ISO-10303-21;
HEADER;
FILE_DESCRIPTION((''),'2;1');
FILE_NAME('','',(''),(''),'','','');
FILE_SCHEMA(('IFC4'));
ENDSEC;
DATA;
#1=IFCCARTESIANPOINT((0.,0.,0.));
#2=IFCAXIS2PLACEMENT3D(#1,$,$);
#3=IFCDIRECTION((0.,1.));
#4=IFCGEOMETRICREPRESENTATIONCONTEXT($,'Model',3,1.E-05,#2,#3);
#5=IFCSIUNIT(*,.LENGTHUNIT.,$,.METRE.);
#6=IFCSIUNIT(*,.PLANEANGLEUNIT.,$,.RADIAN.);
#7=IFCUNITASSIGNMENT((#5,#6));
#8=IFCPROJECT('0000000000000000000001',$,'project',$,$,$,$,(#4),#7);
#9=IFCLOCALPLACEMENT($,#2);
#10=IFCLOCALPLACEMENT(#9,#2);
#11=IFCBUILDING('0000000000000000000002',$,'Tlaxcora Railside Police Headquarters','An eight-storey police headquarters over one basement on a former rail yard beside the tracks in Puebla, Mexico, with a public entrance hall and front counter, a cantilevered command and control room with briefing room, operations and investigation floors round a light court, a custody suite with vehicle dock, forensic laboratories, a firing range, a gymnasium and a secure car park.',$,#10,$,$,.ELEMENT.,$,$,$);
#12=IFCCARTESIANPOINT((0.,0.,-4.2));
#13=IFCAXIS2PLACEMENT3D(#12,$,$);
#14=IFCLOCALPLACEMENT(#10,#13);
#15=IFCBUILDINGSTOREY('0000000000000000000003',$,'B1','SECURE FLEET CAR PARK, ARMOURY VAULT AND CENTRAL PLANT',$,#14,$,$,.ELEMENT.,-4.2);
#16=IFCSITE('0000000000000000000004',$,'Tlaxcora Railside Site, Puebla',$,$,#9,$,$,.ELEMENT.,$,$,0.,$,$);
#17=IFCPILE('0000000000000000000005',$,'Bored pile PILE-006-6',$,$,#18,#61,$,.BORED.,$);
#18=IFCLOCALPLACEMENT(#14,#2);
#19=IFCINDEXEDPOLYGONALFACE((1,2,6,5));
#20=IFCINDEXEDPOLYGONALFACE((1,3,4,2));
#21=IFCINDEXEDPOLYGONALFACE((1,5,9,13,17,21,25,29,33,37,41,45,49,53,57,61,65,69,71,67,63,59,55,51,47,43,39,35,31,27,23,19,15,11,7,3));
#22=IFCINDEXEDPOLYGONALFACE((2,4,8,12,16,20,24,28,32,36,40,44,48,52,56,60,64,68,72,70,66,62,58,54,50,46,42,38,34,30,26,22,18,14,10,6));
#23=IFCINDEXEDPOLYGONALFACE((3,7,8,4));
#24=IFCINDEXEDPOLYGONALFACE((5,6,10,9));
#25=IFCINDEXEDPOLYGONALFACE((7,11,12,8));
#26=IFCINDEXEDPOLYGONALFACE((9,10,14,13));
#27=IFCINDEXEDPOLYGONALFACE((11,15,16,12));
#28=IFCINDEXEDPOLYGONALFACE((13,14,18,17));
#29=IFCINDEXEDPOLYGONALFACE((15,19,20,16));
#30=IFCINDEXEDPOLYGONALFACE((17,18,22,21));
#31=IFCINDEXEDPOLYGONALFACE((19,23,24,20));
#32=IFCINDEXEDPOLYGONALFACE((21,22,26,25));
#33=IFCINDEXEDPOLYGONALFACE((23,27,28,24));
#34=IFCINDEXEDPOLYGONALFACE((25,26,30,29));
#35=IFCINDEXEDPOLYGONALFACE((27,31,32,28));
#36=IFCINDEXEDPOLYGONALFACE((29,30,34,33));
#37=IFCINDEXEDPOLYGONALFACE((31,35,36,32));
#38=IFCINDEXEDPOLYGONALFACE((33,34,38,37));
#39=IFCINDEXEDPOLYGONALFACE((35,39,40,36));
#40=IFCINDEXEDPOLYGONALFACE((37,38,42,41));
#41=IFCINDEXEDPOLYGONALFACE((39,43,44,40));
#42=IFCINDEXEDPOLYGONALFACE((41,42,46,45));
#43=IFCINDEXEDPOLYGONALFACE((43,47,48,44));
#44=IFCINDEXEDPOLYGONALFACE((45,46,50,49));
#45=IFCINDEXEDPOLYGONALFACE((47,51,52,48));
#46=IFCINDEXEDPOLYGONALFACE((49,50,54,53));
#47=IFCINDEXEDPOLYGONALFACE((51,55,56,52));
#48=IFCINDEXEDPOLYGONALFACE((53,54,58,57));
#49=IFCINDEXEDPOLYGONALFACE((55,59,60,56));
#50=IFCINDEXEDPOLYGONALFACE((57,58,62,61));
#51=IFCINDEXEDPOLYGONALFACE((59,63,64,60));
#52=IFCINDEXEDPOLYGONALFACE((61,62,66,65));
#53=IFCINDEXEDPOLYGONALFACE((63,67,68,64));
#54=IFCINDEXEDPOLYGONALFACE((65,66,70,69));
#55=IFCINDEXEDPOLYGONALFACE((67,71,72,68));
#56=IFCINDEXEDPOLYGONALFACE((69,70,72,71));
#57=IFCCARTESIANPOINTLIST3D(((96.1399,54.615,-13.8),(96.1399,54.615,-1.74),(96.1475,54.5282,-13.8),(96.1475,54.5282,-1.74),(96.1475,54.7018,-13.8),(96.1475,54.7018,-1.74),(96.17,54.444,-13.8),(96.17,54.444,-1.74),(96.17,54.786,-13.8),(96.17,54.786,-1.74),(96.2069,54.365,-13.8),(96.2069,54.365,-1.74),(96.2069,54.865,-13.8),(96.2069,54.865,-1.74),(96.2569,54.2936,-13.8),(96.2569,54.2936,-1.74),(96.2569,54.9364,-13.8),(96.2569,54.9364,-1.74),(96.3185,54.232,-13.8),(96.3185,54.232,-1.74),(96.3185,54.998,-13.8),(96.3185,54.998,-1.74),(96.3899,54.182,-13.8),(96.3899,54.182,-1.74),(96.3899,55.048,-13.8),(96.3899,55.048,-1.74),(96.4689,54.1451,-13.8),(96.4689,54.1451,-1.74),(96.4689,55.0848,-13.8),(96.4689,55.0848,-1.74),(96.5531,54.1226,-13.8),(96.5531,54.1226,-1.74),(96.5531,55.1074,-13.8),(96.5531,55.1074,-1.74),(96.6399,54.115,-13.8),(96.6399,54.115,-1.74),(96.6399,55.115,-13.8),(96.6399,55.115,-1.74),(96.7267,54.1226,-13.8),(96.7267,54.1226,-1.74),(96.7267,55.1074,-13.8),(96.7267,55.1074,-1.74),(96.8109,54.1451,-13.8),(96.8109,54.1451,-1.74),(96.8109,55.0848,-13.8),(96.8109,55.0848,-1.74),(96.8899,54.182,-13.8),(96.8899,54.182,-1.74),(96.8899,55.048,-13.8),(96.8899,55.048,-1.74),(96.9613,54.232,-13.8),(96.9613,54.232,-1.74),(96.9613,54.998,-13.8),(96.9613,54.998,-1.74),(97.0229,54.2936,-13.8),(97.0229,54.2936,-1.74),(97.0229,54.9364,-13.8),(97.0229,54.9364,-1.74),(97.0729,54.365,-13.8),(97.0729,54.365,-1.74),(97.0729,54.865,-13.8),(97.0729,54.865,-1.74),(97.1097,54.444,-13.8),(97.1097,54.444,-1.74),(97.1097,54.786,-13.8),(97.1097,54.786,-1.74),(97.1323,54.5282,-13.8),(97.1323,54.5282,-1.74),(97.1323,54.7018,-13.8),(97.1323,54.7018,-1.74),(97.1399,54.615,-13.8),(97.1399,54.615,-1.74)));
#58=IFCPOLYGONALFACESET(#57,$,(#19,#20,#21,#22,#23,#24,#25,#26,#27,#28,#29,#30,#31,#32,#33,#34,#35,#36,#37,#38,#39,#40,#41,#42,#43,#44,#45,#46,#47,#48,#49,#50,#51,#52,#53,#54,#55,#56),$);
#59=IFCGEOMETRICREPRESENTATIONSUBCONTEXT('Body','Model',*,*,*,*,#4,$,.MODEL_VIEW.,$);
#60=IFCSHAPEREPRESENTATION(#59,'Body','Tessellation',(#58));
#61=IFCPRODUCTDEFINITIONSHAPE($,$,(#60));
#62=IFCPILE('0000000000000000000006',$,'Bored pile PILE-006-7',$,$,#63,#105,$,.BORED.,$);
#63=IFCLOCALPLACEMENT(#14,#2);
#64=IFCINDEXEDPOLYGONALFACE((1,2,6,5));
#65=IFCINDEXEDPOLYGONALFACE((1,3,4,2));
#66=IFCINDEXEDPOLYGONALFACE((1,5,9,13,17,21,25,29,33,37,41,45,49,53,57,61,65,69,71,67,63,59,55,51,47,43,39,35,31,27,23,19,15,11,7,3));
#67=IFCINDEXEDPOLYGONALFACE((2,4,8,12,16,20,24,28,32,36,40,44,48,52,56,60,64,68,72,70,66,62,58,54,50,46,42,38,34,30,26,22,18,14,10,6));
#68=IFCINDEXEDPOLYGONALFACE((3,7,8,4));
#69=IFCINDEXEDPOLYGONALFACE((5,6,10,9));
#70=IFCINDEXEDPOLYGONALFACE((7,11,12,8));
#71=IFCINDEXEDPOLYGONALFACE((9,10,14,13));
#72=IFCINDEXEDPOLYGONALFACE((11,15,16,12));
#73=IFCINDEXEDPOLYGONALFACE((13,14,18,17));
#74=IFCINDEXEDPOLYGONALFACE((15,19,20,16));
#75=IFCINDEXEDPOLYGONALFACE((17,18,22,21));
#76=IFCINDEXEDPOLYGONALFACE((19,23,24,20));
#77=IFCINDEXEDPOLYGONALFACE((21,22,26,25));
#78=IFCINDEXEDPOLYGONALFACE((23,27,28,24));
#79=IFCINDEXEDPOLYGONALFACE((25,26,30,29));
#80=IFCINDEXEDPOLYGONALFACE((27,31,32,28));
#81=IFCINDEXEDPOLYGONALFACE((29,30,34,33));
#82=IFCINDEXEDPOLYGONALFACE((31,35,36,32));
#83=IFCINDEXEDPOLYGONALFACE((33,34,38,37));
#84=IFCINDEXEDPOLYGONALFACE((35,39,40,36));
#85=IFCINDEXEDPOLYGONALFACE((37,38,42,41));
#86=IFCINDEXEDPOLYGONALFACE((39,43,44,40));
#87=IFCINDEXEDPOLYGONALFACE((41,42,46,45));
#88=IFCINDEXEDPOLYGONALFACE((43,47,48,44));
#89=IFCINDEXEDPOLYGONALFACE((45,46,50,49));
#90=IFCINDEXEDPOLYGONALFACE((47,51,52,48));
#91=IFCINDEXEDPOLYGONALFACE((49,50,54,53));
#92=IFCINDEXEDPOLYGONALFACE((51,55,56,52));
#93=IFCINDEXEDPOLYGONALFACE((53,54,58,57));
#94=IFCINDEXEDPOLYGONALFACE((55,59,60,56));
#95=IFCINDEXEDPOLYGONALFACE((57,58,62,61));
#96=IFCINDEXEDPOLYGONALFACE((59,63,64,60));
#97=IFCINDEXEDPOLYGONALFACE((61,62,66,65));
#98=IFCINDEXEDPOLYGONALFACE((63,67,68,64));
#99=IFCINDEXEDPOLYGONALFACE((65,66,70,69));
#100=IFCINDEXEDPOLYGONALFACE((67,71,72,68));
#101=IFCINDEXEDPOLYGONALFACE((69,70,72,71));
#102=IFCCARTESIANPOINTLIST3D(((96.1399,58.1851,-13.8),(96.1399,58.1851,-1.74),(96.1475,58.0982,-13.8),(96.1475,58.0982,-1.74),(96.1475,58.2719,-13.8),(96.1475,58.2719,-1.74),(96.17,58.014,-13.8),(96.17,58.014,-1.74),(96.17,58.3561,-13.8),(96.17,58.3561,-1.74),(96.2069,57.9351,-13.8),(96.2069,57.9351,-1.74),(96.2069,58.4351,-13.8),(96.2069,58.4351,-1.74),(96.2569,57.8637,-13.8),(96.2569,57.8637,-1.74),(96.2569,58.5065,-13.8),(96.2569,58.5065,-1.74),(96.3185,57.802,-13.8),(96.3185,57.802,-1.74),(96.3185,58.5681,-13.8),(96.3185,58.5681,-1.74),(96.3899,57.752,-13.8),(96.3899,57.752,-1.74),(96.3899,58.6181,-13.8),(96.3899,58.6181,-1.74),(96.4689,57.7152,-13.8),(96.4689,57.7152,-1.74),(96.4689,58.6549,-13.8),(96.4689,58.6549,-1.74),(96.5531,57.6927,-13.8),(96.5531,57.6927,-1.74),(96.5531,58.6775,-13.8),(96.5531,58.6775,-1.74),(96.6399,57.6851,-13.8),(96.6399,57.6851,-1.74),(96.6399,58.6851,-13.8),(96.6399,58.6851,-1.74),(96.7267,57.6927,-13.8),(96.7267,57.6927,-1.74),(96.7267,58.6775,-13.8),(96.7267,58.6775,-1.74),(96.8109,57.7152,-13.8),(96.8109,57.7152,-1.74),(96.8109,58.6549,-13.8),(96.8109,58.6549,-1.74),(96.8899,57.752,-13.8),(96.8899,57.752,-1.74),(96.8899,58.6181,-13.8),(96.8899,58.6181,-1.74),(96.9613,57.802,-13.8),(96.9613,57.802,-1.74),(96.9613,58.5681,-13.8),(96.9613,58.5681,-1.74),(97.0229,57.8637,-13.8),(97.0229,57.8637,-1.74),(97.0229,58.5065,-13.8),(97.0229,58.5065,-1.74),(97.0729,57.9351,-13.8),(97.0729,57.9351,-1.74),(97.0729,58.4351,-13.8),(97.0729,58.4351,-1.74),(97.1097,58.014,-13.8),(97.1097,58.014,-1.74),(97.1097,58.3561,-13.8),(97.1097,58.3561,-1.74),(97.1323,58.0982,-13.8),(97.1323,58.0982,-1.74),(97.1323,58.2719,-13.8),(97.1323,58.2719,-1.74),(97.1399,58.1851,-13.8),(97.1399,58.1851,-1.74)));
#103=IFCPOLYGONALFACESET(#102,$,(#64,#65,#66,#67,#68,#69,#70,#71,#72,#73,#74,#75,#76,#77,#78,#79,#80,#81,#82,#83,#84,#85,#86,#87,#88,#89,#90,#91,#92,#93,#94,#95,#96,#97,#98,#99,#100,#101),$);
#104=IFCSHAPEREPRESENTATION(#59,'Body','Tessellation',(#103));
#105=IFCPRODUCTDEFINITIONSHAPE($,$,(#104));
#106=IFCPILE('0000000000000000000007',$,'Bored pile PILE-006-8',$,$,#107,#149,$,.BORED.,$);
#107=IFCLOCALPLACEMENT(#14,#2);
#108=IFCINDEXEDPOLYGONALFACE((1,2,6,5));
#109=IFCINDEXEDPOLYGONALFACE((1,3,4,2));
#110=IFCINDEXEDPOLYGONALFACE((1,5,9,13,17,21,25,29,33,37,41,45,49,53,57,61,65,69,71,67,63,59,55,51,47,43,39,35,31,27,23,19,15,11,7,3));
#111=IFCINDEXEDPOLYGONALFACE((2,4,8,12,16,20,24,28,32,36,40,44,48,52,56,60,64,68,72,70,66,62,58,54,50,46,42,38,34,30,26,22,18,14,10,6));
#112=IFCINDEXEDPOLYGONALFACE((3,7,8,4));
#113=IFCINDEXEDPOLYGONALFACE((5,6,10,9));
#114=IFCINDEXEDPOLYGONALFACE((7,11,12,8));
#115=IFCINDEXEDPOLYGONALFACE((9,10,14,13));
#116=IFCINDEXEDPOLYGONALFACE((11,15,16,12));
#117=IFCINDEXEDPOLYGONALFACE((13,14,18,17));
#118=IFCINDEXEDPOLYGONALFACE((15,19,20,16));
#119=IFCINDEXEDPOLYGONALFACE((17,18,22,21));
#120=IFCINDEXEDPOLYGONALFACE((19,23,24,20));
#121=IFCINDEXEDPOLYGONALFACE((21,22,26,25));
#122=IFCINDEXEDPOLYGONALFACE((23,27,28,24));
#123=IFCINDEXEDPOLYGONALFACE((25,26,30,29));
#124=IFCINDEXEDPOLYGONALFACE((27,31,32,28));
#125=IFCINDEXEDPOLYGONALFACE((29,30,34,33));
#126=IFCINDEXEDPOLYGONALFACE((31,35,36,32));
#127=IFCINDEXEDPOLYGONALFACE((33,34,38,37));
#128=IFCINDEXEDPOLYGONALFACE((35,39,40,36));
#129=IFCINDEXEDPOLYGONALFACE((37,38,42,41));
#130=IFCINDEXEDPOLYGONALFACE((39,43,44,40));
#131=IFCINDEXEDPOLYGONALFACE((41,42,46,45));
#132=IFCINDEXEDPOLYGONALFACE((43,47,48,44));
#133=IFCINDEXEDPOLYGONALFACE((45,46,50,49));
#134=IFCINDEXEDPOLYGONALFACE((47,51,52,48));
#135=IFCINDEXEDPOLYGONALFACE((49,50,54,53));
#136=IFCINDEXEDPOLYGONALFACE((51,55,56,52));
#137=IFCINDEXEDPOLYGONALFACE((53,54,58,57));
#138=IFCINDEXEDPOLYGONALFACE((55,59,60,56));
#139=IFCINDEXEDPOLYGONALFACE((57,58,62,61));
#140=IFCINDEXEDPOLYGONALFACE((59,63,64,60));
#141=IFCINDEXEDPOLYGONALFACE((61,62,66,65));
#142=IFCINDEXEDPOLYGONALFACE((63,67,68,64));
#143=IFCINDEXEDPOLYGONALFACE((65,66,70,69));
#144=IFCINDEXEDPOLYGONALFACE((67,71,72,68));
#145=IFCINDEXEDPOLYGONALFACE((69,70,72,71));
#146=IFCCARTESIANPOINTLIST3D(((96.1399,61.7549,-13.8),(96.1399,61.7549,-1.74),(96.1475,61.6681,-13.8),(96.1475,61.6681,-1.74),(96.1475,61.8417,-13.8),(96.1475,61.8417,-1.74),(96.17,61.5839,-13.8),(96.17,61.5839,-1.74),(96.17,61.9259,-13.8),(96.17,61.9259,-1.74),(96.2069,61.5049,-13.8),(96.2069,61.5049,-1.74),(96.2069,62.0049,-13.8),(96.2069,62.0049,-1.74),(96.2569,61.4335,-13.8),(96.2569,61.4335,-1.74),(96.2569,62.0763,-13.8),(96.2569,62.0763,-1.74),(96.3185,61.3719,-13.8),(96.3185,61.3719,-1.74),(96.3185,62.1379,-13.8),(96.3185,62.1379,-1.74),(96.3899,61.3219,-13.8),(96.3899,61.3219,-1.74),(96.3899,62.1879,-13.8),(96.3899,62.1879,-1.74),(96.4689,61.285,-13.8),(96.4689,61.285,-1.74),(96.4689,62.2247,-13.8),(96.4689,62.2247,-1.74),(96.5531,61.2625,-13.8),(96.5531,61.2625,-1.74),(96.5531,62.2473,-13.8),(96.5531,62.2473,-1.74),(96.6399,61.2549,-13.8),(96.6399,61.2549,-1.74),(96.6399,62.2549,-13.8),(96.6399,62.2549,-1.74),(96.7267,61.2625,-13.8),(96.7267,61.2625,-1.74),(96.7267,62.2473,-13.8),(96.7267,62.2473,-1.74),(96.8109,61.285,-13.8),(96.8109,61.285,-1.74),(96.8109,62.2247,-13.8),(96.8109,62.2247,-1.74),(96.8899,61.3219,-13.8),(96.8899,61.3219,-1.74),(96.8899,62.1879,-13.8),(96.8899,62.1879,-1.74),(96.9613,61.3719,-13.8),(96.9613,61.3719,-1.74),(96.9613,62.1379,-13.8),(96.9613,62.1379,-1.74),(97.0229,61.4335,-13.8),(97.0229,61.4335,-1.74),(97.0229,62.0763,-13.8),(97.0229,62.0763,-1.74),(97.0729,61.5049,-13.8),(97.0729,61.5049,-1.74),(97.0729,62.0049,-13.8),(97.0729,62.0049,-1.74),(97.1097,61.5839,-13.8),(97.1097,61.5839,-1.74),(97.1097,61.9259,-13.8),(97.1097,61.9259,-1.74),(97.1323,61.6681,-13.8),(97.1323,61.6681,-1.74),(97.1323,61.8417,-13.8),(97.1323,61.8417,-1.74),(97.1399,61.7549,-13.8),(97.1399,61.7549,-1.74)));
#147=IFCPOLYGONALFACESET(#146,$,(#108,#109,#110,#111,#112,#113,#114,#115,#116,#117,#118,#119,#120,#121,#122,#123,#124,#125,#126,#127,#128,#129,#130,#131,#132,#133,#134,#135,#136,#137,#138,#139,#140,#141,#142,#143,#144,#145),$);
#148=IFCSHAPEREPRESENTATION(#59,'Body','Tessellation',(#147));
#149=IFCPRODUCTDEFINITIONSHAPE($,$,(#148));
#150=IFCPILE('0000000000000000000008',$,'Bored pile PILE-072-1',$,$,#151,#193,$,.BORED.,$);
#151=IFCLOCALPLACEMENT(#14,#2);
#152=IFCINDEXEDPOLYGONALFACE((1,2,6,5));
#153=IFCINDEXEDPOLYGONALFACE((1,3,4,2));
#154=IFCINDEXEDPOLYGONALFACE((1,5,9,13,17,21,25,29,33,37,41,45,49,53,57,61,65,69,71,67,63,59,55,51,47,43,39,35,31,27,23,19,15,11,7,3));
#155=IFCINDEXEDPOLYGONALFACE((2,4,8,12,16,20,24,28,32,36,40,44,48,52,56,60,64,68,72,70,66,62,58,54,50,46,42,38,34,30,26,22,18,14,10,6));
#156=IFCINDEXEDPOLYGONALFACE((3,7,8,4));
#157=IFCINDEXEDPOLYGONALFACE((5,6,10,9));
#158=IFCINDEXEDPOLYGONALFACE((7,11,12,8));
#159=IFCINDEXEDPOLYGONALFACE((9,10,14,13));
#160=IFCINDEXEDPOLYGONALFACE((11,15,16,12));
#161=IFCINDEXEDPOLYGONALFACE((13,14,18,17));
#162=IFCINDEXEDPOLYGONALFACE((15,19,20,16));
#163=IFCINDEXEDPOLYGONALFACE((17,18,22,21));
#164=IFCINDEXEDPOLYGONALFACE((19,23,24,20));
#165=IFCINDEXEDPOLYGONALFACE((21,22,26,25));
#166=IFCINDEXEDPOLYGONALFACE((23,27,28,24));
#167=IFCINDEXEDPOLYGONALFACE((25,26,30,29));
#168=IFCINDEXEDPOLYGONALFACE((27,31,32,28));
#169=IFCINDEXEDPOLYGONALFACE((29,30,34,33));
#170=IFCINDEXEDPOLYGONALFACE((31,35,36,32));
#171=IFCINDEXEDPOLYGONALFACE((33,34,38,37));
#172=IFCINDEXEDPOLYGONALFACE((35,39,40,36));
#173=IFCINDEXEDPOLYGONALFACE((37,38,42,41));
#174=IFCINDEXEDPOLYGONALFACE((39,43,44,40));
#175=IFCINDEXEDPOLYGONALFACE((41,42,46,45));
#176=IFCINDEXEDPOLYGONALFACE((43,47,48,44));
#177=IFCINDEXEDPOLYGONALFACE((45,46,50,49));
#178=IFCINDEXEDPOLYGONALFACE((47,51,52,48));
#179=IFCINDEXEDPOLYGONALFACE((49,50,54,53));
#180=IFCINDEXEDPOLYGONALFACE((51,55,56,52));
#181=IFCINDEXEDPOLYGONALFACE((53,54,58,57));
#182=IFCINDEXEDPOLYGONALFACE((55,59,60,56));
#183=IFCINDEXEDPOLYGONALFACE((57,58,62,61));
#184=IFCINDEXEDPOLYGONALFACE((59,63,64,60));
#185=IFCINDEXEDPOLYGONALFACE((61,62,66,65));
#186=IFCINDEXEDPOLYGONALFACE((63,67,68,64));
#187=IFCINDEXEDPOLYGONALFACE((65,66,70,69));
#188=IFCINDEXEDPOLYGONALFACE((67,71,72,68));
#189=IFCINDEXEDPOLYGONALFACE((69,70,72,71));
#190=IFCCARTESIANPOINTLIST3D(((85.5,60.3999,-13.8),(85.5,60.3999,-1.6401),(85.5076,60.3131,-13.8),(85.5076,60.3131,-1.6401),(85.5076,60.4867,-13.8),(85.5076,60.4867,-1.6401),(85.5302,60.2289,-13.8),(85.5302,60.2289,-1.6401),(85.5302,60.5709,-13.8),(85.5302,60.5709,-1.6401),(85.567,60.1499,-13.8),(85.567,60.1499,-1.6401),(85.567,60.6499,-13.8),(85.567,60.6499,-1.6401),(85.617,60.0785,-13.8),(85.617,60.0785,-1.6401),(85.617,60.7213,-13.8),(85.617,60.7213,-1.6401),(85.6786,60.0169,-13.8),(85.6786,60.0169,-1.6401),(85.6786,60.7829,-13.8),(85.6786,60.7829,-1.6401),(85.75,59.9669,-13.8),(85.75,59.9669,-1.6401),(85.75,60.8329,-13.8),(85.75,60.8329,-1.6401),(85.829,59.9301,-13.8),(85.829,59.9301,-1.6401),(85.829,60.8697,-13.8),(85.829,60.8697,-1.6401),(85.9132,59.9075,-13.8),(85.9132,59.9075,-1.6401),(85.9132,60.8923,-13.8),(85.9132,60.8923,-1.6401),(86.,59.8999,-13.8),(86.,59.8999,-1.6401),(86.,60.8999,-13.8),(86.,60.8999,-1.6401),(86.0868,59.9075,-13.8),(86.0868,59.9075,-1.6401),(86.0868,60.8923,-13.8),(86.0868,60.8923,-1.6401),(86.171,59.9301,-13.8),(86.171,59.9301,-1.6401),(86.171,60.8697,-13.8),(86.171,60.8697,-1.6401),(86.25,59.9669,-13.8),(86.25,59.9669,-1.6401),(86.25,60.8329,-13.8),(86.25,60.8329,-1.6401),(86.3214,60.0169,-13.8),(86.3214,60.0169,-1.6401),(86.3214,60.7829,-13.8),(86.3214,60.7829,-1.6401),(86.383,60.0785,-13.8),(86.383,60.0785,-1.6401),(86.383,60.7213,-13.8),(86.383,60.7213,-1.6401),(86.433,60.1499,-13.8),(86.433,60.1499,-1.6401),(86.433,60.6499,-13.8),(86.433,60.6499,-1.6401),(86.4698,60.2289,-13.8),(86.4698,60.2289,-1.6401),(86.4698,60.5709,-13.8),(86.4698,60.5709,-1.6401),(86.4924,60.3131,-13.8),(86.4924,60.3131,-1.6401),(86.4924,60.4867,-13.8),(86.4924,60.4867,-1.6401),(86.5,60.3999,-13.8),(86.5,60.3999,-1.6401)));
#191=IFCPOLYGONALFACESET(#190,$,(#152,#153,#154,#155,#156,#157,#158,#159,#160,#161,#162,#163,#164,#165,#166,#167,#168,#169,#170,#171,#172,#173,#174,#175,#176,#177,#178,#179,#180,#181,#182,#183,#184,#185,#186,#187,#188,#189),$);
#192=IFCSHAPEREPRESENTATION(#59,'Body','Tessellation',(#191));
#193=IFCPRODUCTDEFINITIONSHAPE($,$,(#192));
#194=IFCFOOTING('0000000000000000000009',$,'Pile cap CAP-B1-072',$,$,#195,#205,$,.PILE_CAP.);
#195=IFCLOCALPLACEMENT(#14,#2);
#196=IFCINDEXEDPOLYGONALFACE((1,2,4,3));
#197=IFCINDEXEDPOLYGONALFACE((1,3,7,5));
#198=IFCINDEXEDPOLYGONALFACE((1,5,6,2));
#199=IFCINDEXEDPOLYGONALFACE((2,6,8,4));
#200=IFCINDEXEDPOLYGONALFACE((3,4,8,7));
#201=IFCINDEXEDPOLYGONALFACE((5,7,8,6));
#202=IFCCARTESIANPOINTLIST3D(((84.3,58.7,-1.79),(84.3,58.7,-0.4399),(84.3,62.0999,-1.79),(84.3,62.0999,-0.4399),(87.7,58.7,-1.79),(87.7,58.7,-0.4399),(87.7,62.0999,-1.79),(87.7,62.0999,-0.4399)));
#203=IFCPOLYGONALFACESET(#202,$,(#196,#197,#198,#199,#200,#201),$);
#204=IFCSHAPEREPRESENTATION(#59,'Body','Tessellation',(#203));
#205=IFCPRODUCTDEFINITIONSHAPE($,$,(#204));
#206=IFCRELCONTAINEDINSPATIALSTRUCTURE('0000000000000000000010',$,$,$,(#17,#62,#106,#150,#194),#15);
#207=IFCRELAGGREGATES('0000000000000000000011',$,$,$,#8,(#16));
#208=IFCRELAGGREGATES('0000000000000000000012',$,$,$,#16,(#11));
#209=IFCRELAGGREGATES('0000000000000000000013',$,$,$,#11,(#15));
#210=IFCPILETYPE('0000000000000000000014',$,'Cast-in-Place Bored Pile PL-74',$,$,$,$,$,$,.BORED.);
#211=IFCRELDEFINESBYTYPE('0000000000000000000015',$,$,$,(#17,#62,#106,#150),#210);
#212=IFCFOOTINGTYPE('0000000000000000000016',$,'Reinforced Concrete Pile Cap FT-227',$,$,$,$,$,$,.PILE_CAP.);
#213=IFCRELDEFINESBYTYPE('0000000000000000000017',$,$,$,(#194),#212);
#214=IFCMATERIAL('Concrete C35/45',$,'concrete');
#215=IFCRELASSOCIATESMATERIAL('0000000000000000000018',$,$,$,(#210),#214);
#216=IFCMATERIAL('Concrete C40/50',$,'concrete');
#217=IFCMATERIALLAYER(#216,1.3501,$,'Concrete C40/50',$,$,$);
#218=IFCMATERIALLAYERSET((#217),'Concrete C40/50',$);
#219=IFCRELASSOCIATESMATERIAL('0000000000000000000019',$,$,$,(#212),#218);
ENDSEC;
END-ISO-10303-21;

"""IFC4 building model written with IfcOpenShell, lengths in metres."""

from ifc_helpers import new_model, si_unit, direction, frame, origin, origin_2d, place, context, subcontext, project, spatial, rectangle, circle, extrude, material, layer, layer_set, material_profile, profile_set, type_object, element, save


model = new_model("IFC4")

# Units and contexts
model_context = context("Model", 3, precision=1e-05, world=origin(), true_north=direction((0.0, 1.0)))
body_context = subcontext(model_context, "Body", "Model", "MODEL_VIEW")
ifc_project = project(units=[si_unit("LENGTHUNIT", "METRE"), si_unit("PLANEANGLEUNIT", "RADIAN")], contexts=[model_context])

# Site, building, storey
site_placement = place(None, origin())
site = spatial("IfcSite", under=ifc_project, at=site_placement, Name="Tlaxcora Railside Site, Puebla", CompositionType="ELEMENT", RefElevation=0.0)
building_placement = place(site_placement, origin())
building = spatial("IfcBuilding", under=site, at=building_placement, Name="Tlaxcora Railside Police Headquarters", Description="An eight-storey police headquarters over one basement on a former rail yard beside the tracks in Puebla, Mexico, with a public entrance hall and front counter, a cantilevered command and control room with briefing room, operations and investigation floors round a light court, a custody suite with vehicle dock, forensic laboratories, a firing range, a gymnasium and a secure car park.", CompositionType="ELEMENT")
storey_placement = place(building_placement, frame((0.0, 0.0, -4.2)))
storey = spatial("IfcBuildingStorey", under=building, at=storey_placement, Name="B1", Description="SECURE FLEET CAR PARK, ARMOURY VAULT AND CENTRAL PLANT", CompositionType="ELEMENT", Elevation=-4.2)

# Piles
ifc_material_1 = material(Name="Concrete C35/45", Category="concrete")
ifc_material_profile_1 = material_profile(ifc_material_1, circle(Radius=0.5, at=origin_2d()), Name="PILE1000")
ifc_profile_set_1 = profile_set([ifc_material_profile_1], Name="Concrete C35/45")
pile_type_1 = type_object("IfcPileType", Name="Cast-in-Place Bored Pile PL-74", PredefinedType="BORED", material=ifc_profile_set_1)
for number, where, z_axis, x_axis, name in (
    (1, (96.6399, 54.615, -1.74), (0.0, 0.0, -1.0), (1.0, 0.0, 0.0), "Bored pile PILE-006-6"),
    (2, (96.6399, 58.1851, -1.74), (0.0, 0.0, -1.0), (1.0, 0.0, 0.0), "Bored pile PILE-006-7"),
    (3, (96.6399, 61.7549, -1.74), (0.0, 0.0, -1.0), (1.0, 0.0, 0.0), "Bored pile PILE-006-8"),
):
    element("IfcPile", number, at=place(storey_placement, frame(where, z_axis=z_axis, x_axis=x_axis)), inside=storey, type_object=pile_type_1, Name=name, PredefinedType="BORED", context=body_context, shape_type="SweptSolid", body=[
        extrude(circle(Radius=0.5, at=origin_2d()), origin(), (0.0, 0.0, 1.0), 12.0601),
    ])
pile_1_placement = place(storey_placement, frame((86.0, 60.3999, -1.6401), z_axis=(0.0, 0.0, -1.0), x_axis=(1.0, 0.0, 0.0)))
element("IfcPile", 4, at=pile_1_placement, inside=storey, type_object=pile_type_1, Name="Bored pile PILE-072-1", PredefinedType="BORED", context=body_context, shape_type="SweptSolid", body=[
    extrude(circle(Radius=0.5, at=origin_2d()), origin(), (0.0, 0.0, 1.0), 12.1599),
])

# Footing
ifc_material_2 = material(Name="Concrete C40/50", Category="concrete")
ifc_layer_1 = layer(ifc_material_2, 1.3501, Name="Concrete C40/50")
ifc_layer_set_1 = layer_set([ifc_layer_1], Name="Concrete C40/50")
footing_type_1 = type_object("IfcFootingType", Name="Reinforced Concrete Pile Cap FT-227", PredefinedType="PILE_CAP", material=ifc_layer_set_1)
footing_1_placement = place(storey_placement, frame((86.0, 60.3999, -1.79), z_axis=(0.0, 0.0, 1.0), x_axis=(1.0, 0.0, 0.0)))
element("IfcFooting", 5, at=footing_1_placement, inside=storey, type_object=footing_type_1, Name="Pile cap CAP-B1-072", PredefinedType="PILE_CAP", context=body_context, shape_type="SweptSolid", body=[
    extrude(rectangle(XDim=3.3999, YDim=3.3999, at=origin_2d()), origin(), (0.0, 0.0, 1.0), 1.3501),
])

save(model, "model.ifc")
